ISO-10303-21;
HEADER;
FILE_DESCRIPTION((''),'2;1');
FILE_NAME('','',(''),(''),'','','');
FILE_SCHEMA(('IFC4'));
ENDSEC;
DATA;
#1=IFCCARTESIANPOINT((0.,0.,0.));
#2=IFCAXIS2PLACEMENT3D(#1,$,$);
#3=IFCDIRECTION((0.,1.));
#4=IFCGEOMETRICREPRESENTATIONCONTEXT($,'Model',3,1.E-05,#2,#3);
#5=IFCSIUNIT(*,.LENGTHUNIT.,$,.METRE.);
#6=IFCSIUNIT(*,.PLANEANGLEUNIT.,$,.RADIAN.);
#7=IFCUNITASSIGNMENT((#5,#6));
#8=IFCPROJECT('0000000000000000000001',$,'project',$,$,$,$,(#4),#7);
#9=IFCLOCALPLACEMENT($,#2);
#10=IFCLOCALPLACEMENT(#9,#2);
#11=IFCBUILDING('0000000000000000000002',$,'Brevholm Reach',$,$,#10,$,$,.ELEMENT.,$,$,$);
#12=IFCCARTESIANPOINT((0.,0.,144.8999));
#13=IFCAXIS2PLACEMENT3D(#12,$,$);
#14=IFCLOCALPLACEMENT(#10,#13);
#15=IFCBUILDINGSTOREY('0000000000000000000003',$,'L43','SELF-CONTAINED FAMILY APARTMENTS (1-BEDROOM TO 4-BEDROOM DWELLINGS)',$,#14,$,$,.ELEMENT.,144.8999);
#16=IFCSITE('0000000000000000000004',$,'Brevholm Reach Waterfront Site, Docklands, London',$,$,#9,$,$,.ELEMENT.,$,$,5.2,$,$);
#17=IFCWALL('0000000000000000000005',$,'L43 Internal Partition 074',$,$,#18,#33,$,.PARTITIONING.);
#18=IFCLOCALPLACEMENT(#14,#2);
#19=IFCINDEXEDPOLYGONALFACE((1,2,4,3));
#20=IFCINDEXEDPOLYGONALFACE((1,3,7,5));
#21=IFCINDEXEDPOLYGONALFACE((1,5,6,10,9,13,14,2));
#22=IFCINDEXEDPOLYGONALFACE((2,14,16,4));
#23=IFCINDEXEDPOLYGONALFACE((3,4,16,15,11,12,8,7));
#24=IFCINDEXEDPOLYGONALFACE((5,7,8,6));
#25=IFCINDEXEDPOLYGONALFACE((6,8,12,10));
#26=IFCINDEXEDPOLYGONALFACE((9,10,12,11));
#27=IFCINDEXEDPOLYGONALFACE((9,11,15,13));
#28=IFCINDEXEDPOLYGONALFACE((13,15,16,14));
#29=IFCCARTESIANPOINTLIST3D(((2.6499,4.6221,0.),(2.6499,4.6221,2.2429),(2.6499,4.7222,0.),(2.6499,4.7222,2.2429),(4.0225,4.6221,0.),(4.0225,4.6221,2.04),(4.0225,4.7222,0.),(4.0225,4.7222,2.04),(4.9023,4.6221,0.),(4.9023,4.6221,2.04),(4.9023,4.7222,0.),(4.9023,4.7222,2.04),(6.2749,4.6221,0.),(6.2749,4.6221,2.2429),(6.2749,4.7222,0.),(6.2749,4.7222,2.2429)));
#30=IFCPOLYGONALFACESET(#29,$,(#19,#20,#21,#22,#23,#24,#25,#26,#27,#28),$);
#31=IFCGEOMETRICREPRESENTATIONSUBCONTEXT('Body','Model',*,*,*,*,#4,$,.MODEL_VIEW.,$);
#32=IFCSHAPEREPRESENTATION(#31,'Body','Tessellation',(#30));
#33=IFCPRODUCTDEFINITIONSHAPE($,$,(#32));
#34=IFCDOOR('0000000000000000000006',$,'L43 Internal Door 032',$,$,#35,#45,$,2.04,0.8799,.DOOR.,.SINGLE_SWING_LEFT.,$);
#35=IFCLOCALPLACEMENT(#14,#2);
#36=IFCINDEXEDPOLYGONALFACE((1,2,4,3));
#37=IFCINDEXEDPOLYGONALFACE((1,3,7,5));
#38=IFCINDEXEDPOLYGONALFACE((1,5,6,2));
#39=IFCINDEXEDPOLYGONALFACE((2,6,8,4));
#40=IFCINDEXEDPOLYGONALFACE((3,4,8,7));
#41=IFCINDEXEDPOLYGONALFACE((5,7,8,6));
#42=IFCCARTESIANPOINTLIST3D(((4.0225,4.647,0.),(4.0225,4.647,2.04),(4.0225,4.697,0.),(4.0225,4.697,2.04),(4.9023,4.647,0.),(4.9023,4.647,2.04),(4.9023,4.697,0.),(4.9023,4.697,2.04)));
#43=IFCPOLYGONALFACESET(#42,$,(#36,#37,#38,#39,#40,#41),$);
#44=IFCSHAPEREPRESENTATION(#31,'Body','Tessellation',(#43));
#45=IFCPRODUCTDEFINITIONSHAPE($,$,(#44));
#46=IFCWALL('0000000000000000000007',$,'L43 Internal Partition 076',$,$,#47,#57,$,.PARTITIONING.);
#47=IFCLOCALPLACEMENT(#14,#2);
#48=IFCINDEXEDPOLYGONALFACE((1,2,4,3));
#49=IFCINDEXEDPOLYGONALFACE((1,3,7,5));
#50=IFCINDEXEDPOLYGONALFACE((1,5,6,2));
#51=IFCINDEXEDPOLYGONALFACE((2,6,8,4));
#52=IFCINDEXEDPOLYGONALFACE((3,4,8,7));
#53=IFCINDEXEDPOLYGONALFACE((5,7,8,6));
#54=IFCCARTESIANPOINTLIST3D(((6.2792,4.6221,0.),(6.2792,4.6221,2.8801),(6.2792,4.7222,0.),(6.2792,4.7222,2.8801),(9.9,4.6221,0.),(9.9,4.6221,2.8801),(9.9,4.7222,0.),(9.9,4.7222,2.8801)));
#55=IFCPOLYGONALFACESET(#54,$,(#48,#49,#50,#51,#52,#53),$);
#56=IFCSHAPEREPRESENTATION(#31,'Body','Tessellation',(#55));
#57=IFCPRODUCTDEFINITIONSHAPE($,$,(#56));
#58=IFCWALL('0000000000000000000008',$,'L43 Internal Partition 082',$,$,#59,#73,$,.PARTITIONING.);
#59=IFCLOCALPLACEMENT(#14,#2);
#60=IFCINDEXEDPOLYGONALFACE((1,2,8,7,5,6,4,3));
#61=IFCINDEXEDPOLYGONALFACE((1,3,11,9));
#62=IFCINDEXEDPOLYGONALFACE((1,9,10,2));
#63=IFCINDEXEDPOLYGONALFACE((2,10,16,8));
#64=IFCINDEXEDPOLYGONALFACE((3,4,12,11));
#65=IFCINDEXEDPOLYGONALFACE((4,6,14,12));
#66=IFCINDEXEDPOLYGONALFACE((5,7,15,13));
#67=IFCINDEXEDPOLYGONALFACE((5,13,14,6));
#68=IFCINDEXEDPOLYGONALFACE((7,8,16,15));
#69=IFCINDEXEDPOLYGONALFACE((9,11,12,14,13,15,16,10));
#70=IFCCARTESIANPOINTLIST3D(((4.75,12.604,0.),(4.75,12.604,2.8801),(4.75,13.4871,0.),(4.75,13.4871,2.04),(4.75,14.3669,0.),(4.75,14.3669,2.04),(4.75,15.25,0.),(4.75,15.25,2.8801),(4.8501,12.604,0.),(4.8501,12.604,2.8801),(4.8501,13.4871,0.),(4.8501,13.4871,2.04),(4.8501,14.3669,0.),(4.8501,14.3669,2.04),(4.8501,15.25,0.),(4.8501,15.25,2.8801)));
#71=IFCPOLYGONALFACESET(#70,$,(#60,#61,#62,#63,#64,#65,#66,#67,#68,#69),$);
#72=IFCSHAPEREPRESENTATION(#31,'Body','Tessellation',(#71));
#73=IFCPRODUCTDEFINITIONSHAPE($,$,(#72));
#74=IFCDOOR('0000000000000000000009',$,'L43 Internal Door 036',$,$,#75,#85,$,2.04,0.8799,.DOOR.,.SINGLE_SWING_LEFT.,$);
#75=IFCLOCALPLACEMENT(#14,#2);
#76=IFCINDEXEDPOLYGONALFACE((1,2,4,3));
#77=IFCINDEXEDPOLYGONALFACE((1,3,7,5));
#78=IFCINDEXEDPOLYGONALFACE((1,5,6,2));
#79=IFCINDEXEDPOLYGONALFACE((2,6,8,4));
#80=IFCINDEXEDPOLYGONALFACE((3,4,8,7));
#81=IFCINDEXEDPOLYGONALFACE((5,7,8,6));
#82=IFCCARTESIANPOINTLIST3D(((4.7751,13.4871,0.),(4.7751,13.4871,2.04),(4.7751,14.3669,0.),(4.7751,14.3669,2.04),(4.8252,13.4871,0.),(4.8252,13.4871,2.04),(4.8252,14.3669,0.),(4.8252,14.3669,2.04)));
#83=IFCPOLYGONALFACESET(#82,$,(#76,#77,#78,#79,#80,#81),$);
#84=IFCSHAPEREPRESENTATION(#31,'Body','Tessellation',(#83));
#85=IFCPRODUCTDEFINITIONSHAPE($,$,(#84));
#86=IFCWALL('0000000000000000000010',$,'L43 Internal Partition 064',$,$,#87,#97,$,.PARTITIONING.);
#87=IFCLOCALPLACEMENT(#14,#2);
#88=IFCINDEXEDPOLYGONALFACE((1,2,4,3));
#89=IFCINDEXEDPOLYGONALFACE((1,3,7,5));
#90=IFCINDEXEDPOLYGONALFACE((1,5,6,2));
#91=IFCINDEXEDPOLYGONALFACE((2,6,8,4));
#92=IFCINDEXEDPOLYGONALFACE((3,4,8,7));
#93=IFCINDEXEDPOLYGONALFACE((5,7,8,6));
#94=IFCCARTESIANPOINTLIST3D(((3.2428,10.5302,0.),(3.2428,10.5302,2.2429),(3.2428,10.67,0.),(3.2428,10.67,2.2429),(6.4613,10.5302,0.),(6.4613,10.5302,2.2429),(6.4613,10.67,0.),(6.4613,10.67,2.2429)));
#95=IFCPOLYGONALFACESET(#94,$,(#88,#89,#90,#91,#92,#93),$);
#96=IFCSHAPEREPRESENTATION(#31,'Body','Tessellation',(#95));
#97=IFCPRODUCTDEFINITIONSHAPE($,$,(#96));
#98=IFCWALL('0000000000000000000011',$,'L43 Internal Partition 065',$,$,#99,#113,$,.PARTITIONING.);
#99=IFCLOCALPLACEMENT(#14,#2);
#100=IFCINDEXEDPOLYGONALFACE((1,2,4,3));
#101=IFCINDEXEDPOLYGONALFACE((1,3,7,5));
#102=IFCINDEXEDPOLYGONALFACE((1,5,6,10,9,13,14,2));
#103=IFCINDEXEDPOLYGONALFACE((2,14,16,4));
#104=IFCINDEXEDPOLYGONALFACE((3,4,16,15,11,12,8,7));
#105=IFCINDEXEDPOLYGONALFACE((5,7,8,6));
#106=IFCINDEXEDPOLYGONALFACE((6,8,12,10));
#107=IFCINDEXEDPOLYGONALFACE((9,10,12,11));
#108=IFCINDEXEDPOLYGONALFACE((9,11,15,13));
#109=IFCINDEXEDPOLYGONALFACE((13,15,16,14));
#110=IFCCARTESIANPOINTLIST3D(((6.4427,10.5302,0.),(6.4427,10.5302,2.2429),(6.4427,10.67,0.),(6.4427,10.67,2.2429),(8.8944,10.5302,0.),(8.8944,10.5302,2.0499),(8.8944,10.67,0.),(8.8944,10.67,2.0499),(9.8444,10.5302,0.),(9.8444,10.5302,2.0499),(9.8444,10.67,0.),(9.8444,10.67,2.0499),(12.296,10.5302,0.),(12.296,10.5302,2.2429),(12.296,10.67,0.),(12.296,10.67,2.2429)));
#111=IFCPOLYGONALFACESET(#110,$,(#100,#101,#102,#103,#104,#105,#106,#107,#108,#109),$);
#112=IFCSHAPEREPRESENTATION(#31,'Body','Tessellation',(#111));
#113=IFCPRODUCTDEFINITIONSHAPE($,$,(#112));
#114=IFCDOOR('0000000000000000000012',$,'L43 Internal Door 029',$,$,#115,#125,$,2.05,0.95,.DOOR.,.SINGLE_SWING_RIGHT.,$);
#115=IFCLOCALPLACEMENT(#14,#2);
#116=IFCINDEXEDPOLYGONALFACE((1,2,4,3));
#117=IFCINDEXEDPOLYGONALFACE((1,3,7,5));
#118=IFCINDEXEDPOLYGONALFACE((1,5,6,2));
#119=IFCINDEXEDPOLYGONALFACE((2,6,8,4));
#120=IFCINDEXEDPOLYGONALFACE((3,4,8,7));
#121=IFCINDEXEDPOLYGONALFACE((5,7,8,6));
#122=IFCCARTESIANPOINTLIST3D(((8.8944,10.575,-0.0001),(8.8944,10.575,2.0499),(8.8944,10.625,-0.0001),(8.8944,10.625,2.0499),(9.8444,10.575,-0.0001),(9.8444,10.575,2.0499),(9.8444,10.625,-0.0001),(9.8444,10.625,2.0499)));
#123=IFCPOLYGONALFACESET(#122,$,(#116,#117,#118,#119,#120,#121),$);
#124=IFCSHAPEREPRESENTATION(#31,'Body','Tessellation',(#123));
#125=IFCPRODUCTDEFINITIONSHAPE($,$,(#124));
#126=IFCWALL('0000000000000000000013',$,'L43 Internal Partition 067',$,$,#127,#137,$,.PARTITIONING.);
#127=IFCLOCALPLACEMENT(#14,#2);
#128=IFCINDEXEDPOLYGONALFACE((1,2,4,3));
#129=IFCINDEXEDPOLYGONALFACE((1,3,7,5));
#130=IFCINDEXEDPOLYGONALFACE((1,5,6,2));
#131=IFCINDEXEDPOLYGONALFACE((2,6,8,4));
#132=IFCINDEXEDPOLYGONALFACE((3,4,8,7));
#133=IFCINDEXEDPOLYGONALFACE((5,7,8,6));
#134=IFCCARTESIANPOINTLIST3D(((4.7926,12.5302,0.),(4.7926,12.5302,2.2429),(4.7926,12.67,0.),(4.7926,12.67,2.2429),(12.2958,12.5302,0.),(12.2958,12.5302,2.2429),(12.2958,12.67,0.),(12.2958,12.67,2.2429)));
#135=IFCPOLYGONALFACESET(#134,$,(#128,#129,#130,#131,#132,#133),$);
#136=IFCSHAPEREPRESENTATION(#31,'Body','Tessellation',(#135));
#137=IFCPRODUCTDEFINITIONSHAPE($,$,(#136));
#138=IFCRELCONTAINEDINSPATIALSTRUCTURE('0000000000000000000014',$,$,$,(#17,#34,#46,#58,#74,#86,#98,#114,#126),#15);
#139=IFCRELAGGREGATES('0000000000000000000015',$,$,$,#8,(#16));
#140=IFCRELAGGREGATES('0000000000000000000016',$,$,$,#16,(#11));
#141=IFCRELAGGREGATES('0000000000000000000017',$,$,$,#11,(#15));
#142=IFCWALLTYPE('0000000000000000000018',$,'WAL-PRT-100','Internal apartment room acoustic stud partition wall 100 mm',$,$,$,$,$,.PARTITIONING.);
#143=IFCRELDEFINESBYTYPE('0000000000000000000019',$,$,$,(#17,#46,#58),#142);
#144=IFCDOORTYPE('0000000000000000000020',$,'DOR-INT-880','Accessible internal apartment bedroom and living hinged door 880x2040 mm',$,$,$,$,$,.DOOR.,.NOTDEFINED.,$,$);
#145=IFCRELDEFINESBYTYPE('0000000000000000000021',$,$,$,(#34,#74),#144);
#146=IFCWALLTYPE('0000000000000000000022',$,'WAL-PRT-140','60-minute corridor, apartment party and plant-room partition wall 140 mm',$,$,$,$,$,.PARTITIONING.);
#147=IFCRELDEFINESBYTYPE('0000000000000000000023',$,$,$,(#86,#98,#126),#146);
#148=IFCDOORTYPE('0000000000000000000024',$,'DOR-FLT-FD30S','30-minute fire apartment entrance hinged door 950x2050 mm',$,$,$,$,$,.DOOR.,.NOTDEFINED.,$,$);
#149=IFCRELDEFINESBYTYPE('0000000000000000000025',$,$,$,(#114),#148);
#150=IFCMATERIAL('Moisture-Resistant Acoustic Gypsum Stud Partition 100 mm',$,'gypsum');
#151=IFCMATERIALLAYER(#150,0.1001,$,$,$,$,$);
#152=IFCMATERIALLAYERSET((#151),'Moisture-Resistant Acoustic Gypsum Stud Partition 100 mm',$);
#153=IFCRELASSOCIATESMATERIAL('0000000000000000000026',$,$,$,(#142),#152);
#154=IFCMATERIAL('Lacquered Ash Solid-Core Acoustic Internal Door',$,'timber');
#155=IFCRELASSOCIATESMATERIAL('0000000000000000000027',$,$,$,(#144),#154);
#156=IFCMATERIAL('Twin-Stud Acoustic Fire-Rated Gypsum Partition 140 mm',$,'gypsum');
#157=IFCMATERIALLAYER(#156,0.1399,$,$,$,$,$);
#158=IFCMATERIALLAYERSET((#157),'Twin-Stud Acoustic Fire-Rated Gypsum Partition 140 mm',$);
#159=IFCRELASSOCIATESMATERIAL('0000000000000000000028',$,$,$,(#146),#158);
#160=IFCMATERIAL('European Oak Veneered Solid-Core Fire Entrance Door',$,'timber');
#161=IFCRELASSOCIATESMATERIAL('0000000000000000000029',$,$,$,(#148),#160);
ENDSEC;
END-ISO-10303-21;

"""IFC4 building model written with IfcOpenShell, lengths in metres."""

from ifc_helpers import new_model, si_unit, direction, frame, frame_2d, origin, place, context, subcontext, project, spatial, rectangle, extrude, material, layer, layer_set, type_object, element, fill, save


model = new_model("IFC4")

# Units and contexts
model_context = context("Model", 3, precision=1e-05, world=origin(), true_north=direction((0.0, 1.0)))
body_context = subcontext(model_context, "Body", "Model", "MODEL_VIEW")
ifc_project = project(units=[si_unit("LENGTHUNIT", "METRE"), si_unit("PLANEANGLEUNIT", "RADIAN")], contexts=[model_context])

# Site, building, storey
site_placement = place(None, origin())
site = spatial("IfcSite", under=ifc_project, at=site_placement, Name="Brevholm Reach Waterfront Site, Docklands, London", CompositionType="ELEMENT", RefElevation=5.2)
building_placement = place(site_placement, origin())
building = spatial("IfcBuilding", under=site, at=building_placement, Name="Brevholm Reach", CompositionType="ELEMENT")
storey_placement = place(building_placement, frame((0.0, 0.0, 144.8999)))
storey = spatial("IfcBuildingStorey", under=building, at=storey_placement, Name="L43", Description="SELF-CONTAINED FAMILY APARTMENTS (1-BEDROOM TO 4-BEDROOM DWELLINGS)", CompositionType="ELEMENT", Elevation=144.8999)

# Shared definitions
ifc_material_1 = material(Name="Moisture-Resistant Acoustic Gypsum Stud Partition 100 mm", Category="gypsum")
ifc_layer_1 = layer(ifc_material_1, 0.1001)
ifc_layer_set_1 = layer_set([ifc_layer_1], Name="Moisture-Resistant Acoustic Gypsum Stud Partition 100 mm")
wall_type_1 = type_object("IfcWallType", Name="WAL-PRT-100", Description="Internal apartment room acoustic stud partition wall 100 mm", PredefinedType="PARTITIONING", material=ifc_layer_set_1)

# Shared definitions
ifc_material_2 = material(Name="Lacquered Ash Solid-Core Acoustic Internal Door", Category="timber")
door_type_1 = type_object("IfcDoorType", Name="DOR-INT-880", Description="Accessible internal apartment bedroom and living hinged door 880x2040 mm", OperationType="NOTDEFINED", PredefinedType="DOOR", material=ifc_material_2)

# Wall, opening, door
wall_1_placement = place(storey_placement, frame((2.6499, 4.6721, 0.0), z_axis=(0.0, 0.0, 1.0), x_axis=(1.0, 0.0, 0.0)))
wall_1 = element("IfcWall", 1, at=wall_1_placement, inside=storey, type_object=wall_type_1, Name="L43 Internal Partition 074", PredefinedType="PARTITIONING", context=body_context, shape_type="SweptSolid", body=[
    extrude(rectangle(XDim=3.625, YDim=0.1001, at=frame_2d((1.8125, 0.0))), origin(), (0.0, 0.0, 1.0), 2.2429),
])
opening_1_placement = place(wall_1_placement, frame((1.3726, 0.0, 0.0)))
opening_1 = element("IfcOpeningElement", 2, at=opening_1_placement, cuts=wall_1, PredefinedType="OPENING", context=body_context, shape_type="SweptSolid", body=[
    extrude(rectangle(XDim=0.8799, YDim=2.04, at=frame_2d((0.4399, 1.02))), frame((0.0, 0.0601, 0.0), z_axis=(0.0, -1.0, 0.0), x_axis=(1.0, 0.0, 0.0)), (0.0, 0.0, 1.0), 0.1201),
])
door_1_placement = place(opening_1_placement, origin())
door_1 = element("IfcDoor", 3, at=door_1_placement, inside=storey, type_object=door_type_1, Name="L43 Internal Door 032", OperationType="SINGLE_SWING_LEFT", OverallHeight=2.04, OverallWidth=0.8799, PredefinedType="DOOR", context=body_context, shape_type="SweptSolid", body=[
    extrude(rectangle(XDim=0.8799, YDim=2.04, at=frame_2d((0.4399, 1.02))), frame((0.0, 0.0249, 0.0), z_axis=(0.0, -1.0, 0.0), x_axis=(1.0, 0.0, 0.0)), (0.0, 0.0, 1.0), 0.05),
])
fill(opening_1, door_1)

# Wall
wall_2_placement = place(storey_placement, frame((6.2791, 4.6721, 0.0), z_axis=(0.0, 0.0, 1.0), x_axis=(1.0, 0.0, 0.0)))
element("IfcWall", 4, at=wall_2_placement, inside=storey, type_object=wall_type_1, Name="L43 Internal Partition 076", PredefinedType="PARTITIONING", context=body_context, shape_type="SweptSolid", body=[
    extrude(rectangle(XDim=3.6208, YDim=0.1001, at=frame_2d((1.8105, 0.0))), origin(), (0.0, 0.0, 1.0), 2.8801),
])

# Wall, opening, door
wall_3_placement = place(storey_placement, frame((4.8, 12.604, 0.0), z_axis=(0.0, 0.0, 1.0), x_axis=(0.0, 1.0, 0.0)))
wall_3 = element("IfcWall", 5, at=wall_3_placement, inside=storey, type_object=wall_type_1, Name="L43 Internal Partition 082", PredefinedType="PARTITIONING", context=body_context, shape_type="SweptSolid", body=[
    extrude(rectangle(XDim=2.646, YDim=0.1001, at=frame_2d((1.323, 0.0))), origin(), (0.0, 0.0, 1.0), 2.8801),
])
opening_2_placement = place(wall_3_placement, frame((0.8831, 0.0, 0.0)))
opening_2 = element("IfcOpeningElement", 6, at=opening_2_placement, cuts=wall_3, PredefinedType="OPENING", context=body_context, shape_type="SweptSolid", body=[
    extrude(rectangle(XDim=0.8799, YDim=2.04, at=frame_2d((0.4399, 1.02))), frame((0.0, 0.0601, 0.0), z_axis=(0.0, -1.0, 0.0), x_axis=(1.0, 0.0, 0.0)), (0.0, 0.0, 1.0), 0.1201),
])
door_2_placement = place(opening_2_placement, origin())
door_2 = element("IfcDoor", 7, at=door_2_placement, inside=storey, type_object=door_type_1, Name="L43 Internal Door 036", OperationType="SINGLE_SWING_LEFT", OverallHeight=2.04, OverallWidth=0.8799, PredefinedType="DOOR", context=body_context, shape_type="SweptSolid", body=[
    extrude(rectangle(XDim=0.8799, YDim=2.04, at=frame_2d((0.4399, 1.02))), frame((0.0, 0.0249, 0.0), z_axis=(0.0, -1.0, 0.0), x_axis=(1.0, 0.0, 0.0)), (0.0, 0.0, 1.0), 0.05),
])
fill(opening_2, door_2)

# Wall
ifc_material_3 = material(Name="Twin-Stud Acoustic Fire-Rated Gypsum Partition 140 mm", Category="gypsum")
ifc_layer_2 = layer(ifc_material_3, 0.1399)
ifc_layer_set_2 = layer_set([ifc_layer_2], Name="Twin-Stud Acoustic Fire-Rated Gypsum Partition 140 mm")
wall_type_2 = type_object("IfcWallType", Name="WAL-PRT-140", Description="60-minute corridor, apartment party and plant-room partition wall 140 mm", PredefinedType="PARTITIONING", material=ifc_layer_set_2)
wall_4_placement = place(storey_placement, frame((3.2427, 10.6001, 0.0), z_axis=(0.0, 0.0, 1.0), x_axis=(1.0, 0.0, 0.0)))
element("IfcWall", 8, at=wall_4_placement, inside=storey, type_object=wall_type_2, Name="L43 Internal Partition 064", PredefinedType="PARTITIONING", context=body_context, shape_type="SweptSolid", body=[
    extrude(rectangle(XDim=3.2185, YDim=0.1399, at=frame_2d((1.6094, 0.0))), origin(), (0.0, 0.0, 1.0), 2.2429),
])

# Wall, opening, door
wall_5_placement = place(storey_placement, frame((6.4426, 10.6001, 0.0), z_axis=(0.0, 0.0, 1.0), x_axis=(1.0, 0.0, 0.0)))
wall_5 = element("IfcWall", 9, at=wall_5_placement, inside=storey, type_object=wall_type_2, Name="L43 Internal Partition 065", PredefinedType="PARTITIONING", context=body_context, shape_type="SweptSolid", body=[
    extrude(rectangle(XDim=5.8533, YDim=0.1399, at=frame_2d((2.9268, 0.0))), origin(), (0.0, 0.0, 1.0), 2.2429),
])
opening_3_placement = place(wall_5_placement, frame((2.4517, 0.0, 0.0)))
opening_3 = element("IfcOpeningElement", 10, at=opening_3_placement, cuts=wall_5, PredefinedType="OPENING", context=body_context, shape_type="SweptSolid", body=[
    extrude(rectangle(XDim=0.95, YDim=2.05, at=frame_2d((0.4751, 1.0249))), frame((0.0, 0.0798, 0.0), z_axis=(0.0, -1.0, 0.0), x_axis=(1.0, 0.0, 0.0)), (0.0, 0.0, 1.0), 0.1599),
])
ifc_material_4 = material(Name="European Oak Veneered Solid-Core Fire Entrance Door", Category="timber")
door_type_2 = type_object("IfcDoorType", Name="DOR-FLT-FD30S", Description="30-minute fire apartment entrance hinged door 950x2050 mm", OperationType="NOTDEFINED", PredefinedType="DOOR", material=ifc_material_4)
door_3_placement = place(opening_3_placement, origin())
door_3 = element("IfcDoor", 11, at=door_3_placement, inside=storey, type_object=door_type_2, Name="L43 Internal Door 029", OperationType="SINGLE_SWING_RIGHT", OverallHeight=2.05, OverallWidth=0.95, PredefinedType="DOOR", context=body_context, shape_type="SweptSolid", body=[
    extrude(rectangle(XDim=0.95, YDim=2.05, at=frame_2d((0.4751, 1.0249))), frame((0.0, 0.0249, 0.0), z_axis=(0.0, -1.0, 0.0), x_axis=(1.0, 0.0, 0.0)), (0.0, 0.0, 1.0), 0.05),
])
fill(opening_3, door_3)

# Wall
wall_6_placement = place(storey_placement, frame((4.7927, 12.6001, 0.0), z_axis=(0.0, 0.0, 1.0), x_axis=(1.0, 0.0, 0.0)))
element("IfcWall", 12, at=wall_6_placement, inside=storey, type_object=wall_type_2, Name="L43 Internal Partition 067", PredefinedType="PARTITIONING", context=body_context, shape_type="SweptSolid", body=[
    extrude(rectangle(XDim=7.5032, YDim=0.1399, at=frame_2d((3.7515, 0.0))), origin(), (0.0, 0.0, 1.0), 2.2429),
])

save(model, "model.ifc")
